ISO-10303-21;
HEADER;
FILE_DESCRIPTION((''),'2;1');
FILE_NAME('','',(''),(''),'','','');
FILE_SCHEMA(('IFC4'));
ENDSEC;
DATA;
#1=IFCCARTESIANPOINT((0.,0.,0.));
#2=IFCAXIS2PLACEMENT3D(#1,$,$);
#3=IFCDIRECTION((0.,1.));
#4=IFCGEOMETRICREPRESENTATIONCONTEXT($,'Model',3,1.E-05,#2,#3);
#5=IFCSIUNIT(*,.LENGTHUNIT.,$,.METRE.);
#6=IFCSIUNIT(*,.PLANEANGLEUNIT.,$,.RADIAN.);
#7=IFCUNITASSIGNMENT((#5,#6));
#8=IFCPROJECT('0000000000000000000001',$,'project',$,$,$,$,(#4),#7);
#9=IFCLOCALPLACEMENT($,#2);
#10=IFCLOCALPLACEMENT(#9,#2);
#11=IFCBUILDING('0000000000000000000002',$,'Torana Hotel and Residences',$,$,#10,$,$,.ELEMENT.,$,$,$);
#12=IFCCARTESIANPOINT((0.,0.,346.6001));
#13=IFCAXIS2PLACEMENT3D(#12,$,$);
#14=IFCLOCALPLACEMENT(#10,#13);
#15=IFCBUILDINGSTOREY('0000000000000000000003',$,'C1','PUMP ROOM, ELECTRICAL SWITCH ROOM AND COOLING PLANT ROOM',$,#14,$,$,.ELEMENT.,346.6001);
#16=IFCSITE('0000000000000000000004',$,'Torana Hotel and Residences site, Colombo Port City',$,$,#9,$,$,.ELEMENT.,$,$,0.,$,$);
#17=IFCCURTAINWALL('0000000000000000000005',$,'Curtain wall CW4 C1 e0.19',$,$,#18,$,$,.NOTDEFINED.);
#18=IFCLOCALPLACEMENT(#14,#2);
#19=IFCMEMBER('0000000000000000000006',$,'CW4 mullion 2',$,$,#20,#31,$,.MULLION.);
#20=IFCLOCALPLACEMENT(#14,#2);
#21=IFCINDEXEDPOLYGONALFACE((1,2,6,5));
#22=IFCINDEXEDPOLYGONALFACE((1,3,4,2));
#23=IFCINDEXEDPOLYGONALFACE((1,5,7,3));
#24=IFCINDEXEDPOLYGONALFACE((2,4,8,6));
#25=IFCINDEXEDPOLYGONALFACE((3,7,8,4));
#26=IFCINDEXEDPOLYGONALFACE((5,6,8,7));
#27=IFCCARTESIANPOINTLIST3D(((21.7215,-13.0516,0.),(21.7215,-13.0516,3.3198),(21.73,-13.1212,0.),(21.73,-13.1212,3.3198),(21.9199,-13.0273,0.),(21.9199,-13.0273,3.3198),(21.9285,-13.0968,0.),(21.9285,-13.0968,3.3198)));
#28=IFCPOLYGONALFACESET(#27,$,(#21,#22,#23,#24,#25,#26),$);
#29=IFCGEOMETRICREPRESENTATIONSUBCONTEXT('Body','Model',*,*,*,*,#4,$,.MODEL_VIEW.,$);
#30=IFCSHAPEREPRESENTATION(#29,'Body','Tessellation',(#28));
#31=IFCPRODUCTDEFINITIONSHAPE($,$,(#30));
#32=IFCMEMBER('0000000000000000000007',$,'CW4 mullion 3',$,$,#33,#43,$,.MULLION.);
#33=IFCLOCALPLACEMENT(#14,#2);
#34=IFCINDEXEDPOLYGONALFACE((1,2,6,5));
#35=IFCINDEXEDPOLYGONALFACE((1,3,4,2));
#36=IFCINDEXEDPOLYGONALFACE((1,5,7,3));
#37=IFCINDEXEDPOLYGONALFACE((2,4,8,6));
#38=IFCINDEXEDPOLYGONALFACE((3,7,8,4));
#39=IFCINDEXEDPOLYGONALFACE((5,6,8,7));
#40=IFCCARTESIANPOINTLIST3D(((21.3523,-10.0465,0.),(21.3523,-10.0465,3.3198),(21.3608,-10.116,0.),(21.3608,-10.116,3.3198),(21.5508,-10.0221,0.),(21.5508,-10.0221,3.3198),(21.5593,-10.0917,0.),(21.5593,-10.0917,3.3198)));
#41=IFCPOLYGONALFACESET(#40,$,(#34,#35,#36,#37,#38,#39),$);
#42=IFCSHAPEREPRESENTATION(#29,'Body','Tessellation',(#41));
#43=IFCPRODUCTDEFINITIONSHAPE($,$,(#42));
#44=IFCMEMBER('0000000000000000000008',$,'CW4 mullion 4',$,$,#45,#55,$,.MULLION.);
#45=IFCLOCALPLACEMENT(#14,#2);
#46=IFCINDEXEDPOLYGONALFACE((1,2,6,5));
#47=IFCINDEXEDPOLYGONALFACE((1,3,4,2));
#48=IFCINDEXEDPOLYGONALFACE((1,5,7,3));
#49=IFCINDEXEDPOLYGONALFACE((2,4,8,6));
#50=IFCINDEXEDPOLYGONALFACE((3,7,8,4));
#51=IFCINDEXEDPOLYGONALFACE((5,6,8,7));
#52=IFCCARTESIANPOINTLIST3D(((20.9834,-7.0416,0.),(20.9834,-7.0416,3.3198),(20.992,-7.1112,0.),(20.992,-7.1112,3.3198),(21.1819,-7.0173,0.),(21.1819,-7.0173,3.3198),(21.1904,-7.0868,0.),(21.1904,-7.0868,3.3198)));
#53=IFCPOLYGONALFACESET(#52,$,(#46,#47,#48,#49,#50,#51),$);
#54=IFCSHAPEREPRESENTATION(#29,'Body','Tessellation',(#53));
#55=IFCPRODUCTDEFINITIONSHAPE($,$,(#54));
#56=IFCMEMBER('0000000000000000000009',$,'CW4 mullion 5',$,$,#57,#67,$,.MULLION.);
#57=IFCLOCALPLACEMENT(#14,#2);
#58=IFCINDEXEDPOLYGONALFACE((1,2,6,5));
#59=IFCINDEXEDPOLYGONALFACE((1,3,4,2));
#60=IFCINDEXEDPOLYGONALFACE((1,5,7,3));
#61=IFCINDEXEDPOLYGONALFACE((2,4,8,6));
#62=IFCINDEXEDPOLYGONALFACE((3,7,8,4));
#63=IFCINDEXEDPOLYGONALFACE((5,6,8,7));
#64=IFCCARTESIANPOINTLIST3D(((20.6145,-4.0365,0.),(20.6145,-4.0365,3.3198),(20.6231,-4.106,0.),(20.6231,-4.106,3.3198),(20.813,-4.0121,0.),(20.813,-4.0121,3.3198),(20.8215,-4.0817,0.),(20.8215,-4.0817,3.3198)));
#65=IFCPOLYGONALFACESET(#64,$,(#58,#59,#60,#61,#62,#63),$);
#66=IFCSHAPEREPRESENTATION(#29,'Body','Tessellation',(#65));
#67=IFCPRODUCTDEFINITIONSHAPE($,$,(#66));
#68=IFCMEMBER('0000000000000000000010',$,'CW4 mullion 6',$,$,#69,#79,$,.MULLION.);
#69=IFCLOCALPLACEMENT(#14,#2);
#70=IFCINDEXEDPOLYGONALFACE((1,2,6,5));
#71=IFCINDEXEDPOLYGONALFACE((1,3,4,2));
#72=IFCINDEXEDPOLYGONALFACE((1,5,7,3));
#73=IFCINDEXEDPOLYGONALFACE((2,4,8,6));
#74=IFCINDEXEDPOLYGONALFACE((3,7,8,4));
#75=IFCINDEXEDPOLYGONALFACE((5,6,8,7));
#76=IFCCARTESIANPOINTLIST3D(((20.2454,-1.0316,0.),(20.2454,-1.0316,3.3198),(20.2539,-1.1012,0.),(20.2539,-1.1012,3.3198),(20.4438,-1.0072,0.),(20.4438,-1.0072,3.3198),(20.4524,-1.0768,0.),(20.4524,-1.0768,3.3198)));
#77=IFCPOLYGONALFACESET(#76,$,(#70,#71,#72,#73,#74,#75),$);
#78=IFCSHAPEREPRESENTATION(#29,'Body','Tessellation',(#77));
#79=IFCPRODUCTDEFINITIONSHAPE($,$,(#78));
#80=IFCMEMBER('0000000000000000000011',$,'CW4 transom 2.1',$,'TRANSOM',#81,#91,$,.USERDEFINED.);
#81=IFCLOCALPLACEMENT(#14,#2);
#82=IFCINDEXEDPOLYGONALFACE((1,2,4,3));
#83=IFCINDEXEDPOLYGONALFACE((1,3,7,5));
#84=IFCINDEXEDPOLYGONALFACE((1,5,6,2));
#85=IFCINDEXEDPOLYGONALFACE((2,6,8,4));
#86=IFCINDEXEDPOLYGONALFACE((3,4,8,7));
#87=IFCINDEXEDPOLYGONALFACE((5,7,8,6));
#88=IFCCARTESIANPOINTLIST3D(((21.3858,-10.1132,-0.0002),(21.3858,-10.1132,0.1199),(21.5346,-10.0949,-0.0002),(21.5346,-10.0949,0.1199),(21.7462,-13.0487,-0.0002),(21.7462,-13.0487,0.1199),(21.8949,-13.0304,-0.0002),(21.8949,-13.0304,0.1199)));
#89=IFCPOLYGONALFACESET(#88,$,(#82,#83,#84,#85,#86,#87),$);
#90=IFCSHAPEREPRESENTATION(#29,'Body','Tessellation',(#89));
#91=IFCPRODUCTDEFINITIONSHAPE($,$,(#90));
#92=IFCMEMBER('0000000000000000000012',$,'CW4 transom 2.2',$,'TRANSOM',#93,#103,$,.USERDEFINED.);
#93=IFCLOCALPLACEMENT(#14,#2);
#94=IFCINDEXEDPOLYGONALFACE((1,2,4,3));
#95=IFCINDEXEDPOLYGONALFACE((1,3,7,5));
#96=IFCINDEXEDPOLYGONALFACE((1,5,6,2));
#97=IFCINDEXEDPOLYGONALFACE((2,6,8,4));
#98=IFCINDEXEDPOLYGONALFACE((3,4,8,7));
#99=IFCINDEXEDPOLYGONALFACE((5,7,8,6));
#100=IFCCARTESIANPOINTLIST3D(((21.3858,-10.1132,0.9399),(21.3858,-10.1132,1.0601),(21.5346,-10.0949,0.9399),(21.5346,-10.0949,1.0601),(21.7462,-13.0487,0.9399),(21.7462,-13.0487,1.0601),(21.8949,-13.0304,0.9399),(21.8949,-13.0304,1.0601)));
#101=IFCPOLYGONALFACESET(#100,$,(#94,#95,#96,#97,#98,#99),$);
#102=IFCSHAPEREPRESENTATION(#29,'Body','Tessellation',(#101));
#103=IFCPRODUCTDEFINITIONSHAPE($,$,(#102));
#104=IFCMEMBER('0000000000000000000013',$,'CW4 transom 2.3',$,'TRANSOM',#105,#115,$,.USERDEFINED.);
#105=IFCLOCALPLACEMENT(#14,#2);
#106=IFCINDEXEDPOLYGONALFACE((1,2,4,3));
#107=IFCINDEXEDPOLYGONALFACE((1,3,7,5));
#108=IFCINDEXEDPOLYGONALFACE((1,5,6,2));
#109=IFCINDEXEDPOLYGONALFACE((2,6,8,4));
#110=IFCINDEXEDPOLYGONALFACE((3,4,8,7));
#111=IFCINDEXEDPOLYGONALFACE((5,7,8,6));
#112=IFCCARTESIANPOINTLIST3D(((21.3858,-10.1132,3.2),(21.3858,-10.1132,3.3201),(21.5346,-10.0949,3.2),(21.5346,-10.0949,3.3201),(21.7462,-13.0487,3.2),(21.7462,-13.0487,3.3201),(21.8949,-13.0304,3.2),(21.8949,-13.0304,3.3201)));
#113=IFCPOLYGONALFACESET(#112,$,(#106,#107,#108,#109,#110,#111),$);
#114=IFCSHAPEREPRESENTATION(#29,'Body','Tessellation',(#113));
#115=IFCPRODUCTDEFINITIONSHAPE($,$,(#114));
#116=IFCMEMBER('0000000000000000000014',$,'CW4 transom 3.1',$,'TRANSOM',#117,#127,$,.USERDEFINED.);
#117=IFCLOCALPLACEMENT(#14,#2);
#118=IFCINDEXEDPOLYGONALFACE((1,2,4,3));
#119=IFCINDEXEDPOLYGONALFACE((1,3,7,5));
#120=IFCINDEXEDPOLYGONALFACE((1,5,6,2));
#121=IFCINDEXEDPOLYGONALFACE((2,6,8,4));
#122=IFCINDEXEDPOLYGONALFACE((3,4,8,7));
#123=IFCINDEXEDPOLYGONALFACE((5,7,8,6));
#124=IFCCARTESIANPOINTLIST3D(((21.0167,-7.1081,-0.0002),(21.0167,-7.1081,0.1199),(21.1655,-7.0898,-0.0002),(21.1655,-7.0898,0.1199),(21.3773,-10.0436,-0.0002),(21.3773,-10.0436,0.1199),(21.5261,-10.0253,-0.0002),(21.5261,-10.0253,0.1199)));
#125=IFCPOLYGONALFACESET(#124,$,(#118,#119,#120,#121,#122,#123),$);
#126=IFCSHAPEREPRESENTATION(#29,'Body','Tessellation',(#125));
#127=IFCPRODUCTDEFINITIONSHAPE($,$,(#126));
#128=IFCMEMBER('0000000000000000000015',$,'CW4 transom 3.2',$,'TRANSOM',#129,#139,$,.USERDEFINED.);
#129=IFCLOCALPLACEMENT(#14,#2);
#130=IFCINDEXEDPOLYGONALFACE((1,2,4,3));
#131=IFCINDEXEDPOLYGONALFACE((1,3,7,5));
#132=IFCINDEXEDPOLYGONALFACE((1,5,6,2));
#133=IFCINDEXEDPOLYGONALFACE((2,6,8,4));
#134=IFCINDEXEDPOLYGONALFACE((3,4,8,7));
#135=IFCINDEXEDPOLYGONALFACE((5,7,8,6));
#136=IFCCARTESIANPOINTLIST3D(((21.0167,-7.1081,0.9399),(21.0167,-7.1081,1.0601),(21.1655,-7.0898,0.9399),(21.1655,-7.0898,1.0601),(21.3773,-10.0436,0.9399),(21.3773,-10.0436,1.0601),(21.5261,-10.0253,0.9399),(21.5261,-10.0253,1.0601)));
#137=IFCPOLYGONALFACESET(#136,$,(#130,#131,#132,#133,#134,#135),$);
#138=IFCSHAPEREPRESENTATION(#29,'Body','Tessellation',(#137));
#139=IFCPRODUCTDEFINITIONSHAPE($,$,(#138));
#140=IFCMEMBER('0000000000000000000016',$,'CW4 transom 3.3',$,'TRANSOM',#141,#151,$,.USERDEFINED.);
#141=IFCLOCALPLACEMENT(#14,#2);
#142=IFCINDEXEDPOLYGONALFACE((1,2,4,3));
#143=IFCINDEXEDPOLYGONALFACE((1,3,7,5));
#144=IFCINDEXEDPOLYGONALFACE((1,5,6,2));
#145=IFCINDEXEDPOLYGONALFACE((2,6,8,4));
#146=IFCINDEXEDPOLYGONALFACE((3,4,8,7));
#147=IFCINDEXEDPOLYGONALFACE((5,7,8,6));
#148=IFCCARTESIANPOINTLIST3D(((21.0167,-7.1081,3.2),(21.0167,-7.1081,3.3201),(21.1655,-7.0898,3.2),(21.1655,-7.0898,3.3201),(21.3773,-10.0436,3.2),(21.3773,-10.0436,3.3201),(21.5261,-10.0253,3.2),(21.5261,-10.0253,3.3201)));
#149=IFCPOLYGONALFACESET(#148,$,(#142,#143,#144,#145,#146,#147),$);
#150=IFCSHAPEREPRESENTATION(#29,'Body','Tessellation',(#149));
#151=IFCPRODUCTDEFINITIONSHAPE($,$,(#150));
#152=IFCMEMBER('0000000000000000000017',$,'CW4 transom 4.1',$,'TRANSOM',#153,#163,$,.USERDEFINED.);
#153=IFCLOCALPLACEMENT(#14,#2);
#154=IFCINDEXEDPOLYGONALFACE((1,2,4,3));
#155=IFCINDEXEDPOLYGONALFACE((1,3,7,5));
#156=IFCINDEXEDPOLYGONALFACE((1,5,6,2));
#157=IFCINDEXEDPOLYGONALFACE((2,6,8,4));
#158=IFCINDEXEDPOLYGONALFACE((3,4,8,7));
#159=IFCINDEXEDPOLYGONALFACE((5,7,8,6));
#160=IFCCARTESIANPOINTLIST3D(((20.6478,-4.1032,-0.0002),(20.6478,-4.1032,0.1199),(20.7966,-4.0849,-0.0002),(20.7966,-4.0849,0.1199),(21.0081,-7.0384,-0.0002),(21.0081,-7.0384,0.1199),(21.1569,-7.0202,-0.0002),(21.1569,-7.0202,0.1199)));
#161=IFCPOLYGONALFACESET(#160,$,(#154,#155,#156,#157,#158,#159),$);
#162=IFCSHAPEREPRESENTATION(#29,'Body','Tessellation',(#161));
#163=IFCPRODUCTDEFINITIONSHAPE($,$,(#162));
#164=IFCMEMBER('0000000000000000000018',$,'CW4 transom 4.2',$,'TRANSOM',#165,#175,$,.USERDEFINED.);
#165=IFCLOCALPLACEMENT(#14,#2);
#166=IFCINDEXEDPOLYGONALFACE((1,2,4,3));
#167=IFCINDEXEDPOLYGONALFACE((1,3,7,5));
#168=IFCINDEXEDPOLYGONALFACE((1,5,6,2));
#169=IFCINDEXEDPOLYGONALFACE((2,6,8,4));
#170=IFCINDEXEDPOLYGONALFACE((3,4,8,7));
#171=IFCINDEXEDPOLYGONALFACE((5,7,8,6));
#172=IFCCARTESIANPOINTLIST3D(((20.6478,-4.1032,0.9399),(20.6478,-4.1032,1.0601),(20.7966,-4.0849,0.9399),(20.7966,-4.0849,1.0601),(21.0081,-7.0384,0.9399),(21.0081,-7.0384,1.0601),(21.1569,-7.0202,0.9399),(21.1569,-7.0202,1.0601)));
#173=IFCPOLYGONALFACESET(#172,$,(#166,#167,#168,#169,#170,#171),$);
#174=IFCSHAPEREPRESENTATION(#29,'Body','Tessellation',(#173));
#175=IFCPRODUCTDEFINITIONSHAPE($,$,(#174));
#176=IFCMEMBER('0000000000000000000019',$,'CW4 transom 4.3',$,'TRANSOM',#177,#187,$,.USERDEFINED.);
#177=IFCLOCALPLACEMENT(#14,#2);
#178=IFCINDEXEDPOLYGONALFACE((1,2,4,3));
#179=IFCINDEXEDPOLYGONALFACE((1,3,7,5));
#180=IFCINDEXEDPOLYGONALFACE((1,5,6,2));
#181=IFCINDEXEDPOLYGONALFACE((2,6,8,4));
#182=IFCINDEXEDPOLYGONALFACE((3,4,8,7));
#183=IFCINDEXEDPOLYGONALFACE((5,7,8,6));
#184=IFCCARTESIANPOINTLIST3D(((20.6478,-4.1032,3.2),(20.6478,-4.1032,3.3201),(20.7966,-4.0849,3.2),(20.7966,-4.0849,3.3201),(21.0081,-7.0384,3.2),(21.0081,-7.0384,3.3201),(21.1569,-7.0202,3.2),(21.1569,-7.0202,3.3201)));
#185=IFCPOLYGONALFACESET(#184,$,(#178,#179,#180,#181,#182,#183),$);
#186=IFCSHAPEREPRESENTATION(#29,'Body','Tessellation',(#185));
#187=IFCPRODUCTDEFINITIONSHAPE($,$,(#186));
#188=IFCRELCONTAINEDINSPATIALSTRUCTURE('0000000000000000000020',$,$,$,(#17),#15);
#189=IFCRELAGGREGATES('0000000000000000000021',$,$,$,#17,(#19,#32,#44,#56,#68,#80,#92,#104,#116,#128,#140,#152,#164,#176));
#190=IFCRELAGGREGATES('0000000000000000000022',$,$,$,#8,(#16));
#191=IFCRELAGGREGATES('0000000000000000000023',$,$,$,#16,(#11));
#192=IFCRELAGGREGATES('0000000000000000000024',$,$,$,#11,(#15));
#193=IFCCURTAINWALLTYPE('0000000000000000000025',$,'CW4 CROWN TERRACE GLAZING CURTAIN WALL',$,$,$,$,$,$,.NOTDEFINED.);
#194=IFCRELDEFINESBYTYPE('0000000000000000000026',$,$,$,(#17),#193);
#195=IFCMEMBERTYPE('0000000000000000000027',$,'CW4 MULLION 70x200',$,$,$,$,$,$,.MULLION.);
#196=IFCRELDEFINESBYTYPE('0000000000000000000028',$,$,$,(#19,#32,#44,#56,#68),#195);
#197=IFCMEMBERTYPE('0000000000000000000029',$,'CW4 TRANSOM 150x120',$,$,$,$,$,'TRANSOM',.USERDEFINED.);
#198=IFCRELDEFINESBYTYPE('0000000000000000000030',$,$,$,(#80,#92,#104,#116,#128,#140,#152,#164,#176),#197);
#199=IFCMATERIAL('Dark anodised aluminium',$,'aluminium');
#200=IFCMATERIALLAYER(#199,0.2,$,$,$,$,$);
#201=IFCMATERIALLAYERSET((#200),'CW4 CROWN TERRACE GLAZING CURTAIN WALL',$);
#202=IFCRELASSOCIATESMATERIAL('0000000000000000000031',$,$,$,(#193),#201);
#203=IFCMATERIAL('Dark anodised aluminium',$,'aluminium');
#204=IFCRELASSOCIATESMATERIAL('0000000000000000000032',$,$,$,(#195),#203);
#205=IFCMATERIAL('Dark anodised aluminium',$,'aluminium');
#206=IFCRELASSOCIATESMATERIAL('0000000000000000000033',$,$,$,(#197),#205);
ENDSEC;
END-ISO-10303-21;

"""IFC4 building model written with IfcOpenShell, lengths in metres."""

from ifc_helpers import new_model, si_unit, direction, frame, origin, origin_2d, place, context, subcontext, project, spatial, rectangle, extrude, material, layer, layer_set, material_profile, profile_set, type_object, element, aggregate, save


model = new_model("IFC4")

# Units and contexts
model_context = context("Model", 3, precision=1e-05, world=origin(), true_north=direction((0.0, 1.0)))
body_context = subcontext(model_context, "Body", "Model", "MODEL_VIEW")
ifc_project = project(units=[si_unit("LENGTHUNIT", "METRE"), si_unit("PLANEANGLEUNIT", "RADIAN")], contexts=[model_context])

# Site, building, storey
site_placement = place(None, origin())
site = spatial("IfcSite", under=ifc_project, at=site_placement, Name="Torana Hotel and Residences site, Colombo Port City", CompositionType="ELEMENT", RefElevation=0.0)
building_placement = place(site_placement, origin())
building = spatial("IfcBuilding", under=site, at=building_placement, Name="Torana Hotel and Residences", CompositionType="ELEMENT")
storey_placement = place(building_placement, frame((0.0, 0.0, 346.6001)))
storey = spatial("IfcBuildingStorey", under=building, at=storey_placement, Name="C1", Description="PUMP ROOM, ELECTRICAL SWITCH ROOM AND COOLING PLANT ROOM", CompositionType="ELEMENT", Elevation=346.6001)

# Curtain wall, members
ifc_material_1 = material(Name="Dark anodised aluminium", Category="aluminium")
ifc_layer_1 = layer(ifc_material_1, 0.2)
ifc_layer_set_1 = layer_set([ifc_layer_1], Name="CW4 CROWN TERRACE GLAZING CURTAIN WALL")
curtain_wall_type = type_object("IfcCurtainWallType", Name="CW4 CROWN TERRACE GLAZING CURTAIN WALL", PredefinedType="NOTDEFINED", material=ifc_layer_set_1)
curtain_wall_placement = place(storey_placement, origin())
curtain_wall = element("IfcCurtainWall", 1, at=curtain_wall_placement, inside=storey, type_object=curtain_wall_type, Name="Curtain wall CW4 C1 e0.19", PredefinedType="NOTDEFINED")
ifc_material_2 = material(Name="Dark anodised aluminium", Category="aluminium")
ifc_material_profile_1 = material_profile(ifc_material_2, rectangle(XDim=0.2, YDim=0.0701, at=origin_2d()), Name="CW4 MULLION 70x200")
ifc_profile_set_1 = profile_set([ifc_material_profile_1], Name="Dark anodised aluminium")
member_type_1 = type_object("IfcMemberType", Name="CW4 MULLION 70x200", PredefinedType="MULLION", material=ifc_profile_set_1)
member_1_placement = place(storey_placement, frame((21.825, -13.0742, 0.0), z_axis=(0.0, 0.0, 1.0), x_axis=(-0.992546, -0.121868, 0.0)))
member_1 = element("IfcMember", 2, at=member_1_placement, type_object=member_type_1, Name="CW4 mullion 2", PredefinedType="MULLION", context=body_context, shape_type="SweptSolid", body=[
    extrude(rectangle(XDim=0.2, YDim=0.0701, at=origin_2d()), origin(), (0.0, 0.0, 1.0), 3.3198),
])
member_2_placement = place(storey_placement, frame((21.4558, -10.0691, 0.0), z_axis=(0.0, 0.0, 1.0), x_axis=(-0.992546, -0.121868, 0.0)))
member_2 = element("IfcMember", 3, at=member_2_placement, type_object=member_type_1, Name="CW4 mullion 3", PredefinedType="MULLION", context=body_context, shape_type="SweptSolid", body=[
    extrude(rectangle(XDim=0.2, YDim=0.0701, at=origin_2d()), origin(), (0.0, 0.0, 1.0), 3.3198),
])
member_3_placement = place(storey_placement, frame((21.0869, -7.0642, 0.0), z_axis=(0.0, 0.0, 1.0), x_axis=(-0.992546, -0.121868, 0.0)))
member_3 = element("IfcMember", 4, at=member_3_placement, type_object=member_type_1, Name="CW4 mullion 4", PredefinedType="MULLION", context=body_context, shape_type="SweptSolid", body=[
    extrude(rectangle(XDim=0.2, YDim=0.0701, at=origin_2d()), origin(), (0.0, 0.0, 1.0), 3.3198),
])
member_4_placement = place(storey_placement, frame((20.718, -4.0591, 0.0), z_axis=(0.0, 0.0, 1.0), x_axis=(-0.992546, -0.121868, 0.0)))
member_4 = element("IfcMember", 5, at=member_4_placement, type_object=member_type_1, Name="CW4 mullion 5", PredefinedType="MULLION", context=body_context, shape_type="SweptSolid", body=[
    extrude(rectangle(XDim=0.2, YDim=0.0701, at=origin_2d()), origin(), (0.0, 0.0, 1.0), 3.3198),
])
member_5_placement = place(storey_placement, frame((20.3489, -1.0542, 0.0), z_axis=(0.0, 0.0, 1.0), x_axis=(-0.992546, -0.121868, 0.0)))
member_5 = element("IfcMember", 6, at=member_5_placement, type_object=member_type_1, Name="CW4 mullion 6", PredefinedType="MULLION", context=body_context, shape_type="SweptSolid", body=[
    extrude(rectangle(XDim=0.2, YDim=0.0701, at=origin_2d()), origin(), (0.0, 0.0, 1.0), 3.3198),
])
ifc_material_3 = material(Name="Dark anodised aluminium", Category="aluminium")
ifc_material_profile_2 = material_profile(ifc_material_3, rectangle(XDim=0.1499, YDim=0.1201, at=origin_2d()), Name="CW4 TRANSOM 150x120")
ifc_profile_set_2 = profile_set([ifc_material_profile_2], Name="Dark anodised aluminium")
member_type_2 = type_object("IfcMemberType", Name="CW4 TRANSOM 150x120", ElementType="TRANSOM", PredefinedType="USERDEFINED", material=ifc_profile_set_2)
member_6_placement = place(storey_placement, frame((21.8206, -13.0396, 0.0598), z_axis=(-0.12184, 0.99255, 0.0), x_axis=(-0.99255, -0.12184, 0.0)))
member_6 = element("IfcMember", 7, at=member_6_placement, type_object=member_type_2, Name="CW4 transom 2.1", ObjectType="TRANSOM", PredefinedType="USERDEFINED", context=body_context, shape_type="SweptSolid", body=[
    extrude(rectangle(XDim=0.1499, YDim=0.1201, at=origin_2d()), origin(), (0.0, 0.0, 1.0), 2.9575),
])
member_7_placement = place(storey_placement, frame((21.8206, -13.0396, 1.0), z_axis=(-0.12184, 0.99255, 0.0), x_axis=(-0.99255, -0.12184, 0.0)))
member_7 = element("IfcMember", 8, at=member_7_placement, type_object=member_type_2, Name="CW4 transom 2.2", ObjectType="TRANSOM", PredefinedType="USERDEFINED", context=body_context, shape_type="SweptSolid", body=[
    extrude(rectangle(XDim=0.1499, YDim=0.1201, at=origin_2d()), origin(), (0.0, 0.0, 1.0), 2.9575),
])
member_8_placement = place(storey_placement, frame((21.8206, -13.0396, 3.26), z_axis=(-0.12184, 0.99255, 0.0), x_axis=(-0.99255, -0.12184, 0.0)))
member_8 = element("IfcMember", 9, at=member_8_placement, type_object=member_type_2, Name="CW4 transom 2.3", ObjectType="TRANSOM", PredefinedType="USERDEFINED", context=body_context, shape_type="SweptSolid", body=[
    extrude(rectangle(XDim=0.1499, YDim=0.1201, at=origin_2d()), origin(), (0.0, 0.0, 1.0), 2.9575),
])
member_9_placement = place(storey_placement, frame((21.4517, -10.0344, 0.0598), z_axis=(-0.121921, 0.99254, 0.0), x_axis=(-0.99254, -0.121921, 0.0)))
member_9 = element("IfcMember", 10, at=member_9_placement, type_object=member_type_2, Name="CW4 transom 3.1", ObjectType="TRANSOM", PredefinedType="USERDEFINED", context=body_context, shape_type="SweptSolid", body=[
    extrude(rectangle(XDim=0.1499, YDim=0.1201, at=origin_2d()), origin(), (0.0, 0.0, 1.0), 2.9575),
])
member_10_placement = place(storey_placement, frame((21.4517, -10.0344, 1.0), z_axis=(-0.121921, 0.99254, 0.0), x_axis=(-0.99254, -0.121921, 0.0)))
member_10 = element("IfcMember", 11, at=member_10_placement, type_object=member_type_2, Name="CW4 transom 3.2", ObjectType="TRANSOM", PredefinedType="USERDEFINED", context=body_context, shape_type="SweptSolid", body=[
    extrude(rectangle(XDim=0.1499, YDim=0.1201, at=origin_2d()), origin(), (0.0, 0.0, 1.0), 2.9575),
])
member_11_placement = place(storey_placement, frame((21.4517, -10.0344, 3.26), z_axis=(-0.121921, 0.99254, 0.0), x_axis=(-0.99254, -0.121921, 0.0)))
member_11 = element("IfcMember", 12, at=member_11_placement, type_object=member_type_2, Name="CW4 transom 3.3", ObjectType="TRANSOM", PredefinedType="USERDEFINED", context=body_context, shape_type="SweptSolid", body=[
    extrude(rectangle(XDim=0.1499, YDim=0.1201, at=origin_2d()), origin(), (0.0, 0.0, 1.0), 2.9575),
])
member_12_placement = place(storey_placement, frame((21.0825, -7.0293, 0.0598), z_axis=(-0.12185, 0.992549, 0.0), x_axis=(-0.992549, -0.12185, 0.0)))
member_12 = element("IfcMember", 13, at=member_12_placement, type_object=member_type_2, Name="CW4 transom 4.1", ObjectType="TRANSOM", PredefinedType="USERDEFINED", context=body_context, shape_type="SweptSolid", body=[
    extrude(rectangle(XDim=0.1499, YDim=0.1201, at=origin_2d()), origin(), (0.0, 0.0, 1.0), 2.9573),
])
member_13_placement = place(storey_placement, frame((21.0825, -7.0293, 1.0), z_axis=(-0.12185, 0.992549, 0.0), x_axis=(-0.992549, -0.12185, 0.0)))
member_13 = element("IfcMember", 14, at=member_13_placement, type_object=member_type_2, Name="CW4 transom 4.2", ObjectType="TRANSOM", PredefinedType="USERDEFINED", context=body_context, shape_type="SweptSolid", body=[
    extrude(rectangle(XDim=0.1499, YDim=0.1201, at=origin_2d()), origin(), (0.0, 0.0, 1.0), 2.9573),
])
member_14_placement = place(storey_placement, frame((21.0825, -7.0293, 3.26), z_axis=(-0.12185, 0.992549, 0.0), x_axis=(-0.992549, -0.12185, 0.0)))
member_14 = element("IfcMember", 15, at=member_14_placement, type_object=member_type_2, Name="CW4 transom 4.3", ObjectType="TRANSOM", PredefinedType="USERDEFINED", context=body_context, shape_type="SweptSolid", body=[
    extrude(rectangle(XDim=0.1499, YDim=0.1201, at=origin_2d()), origin(), (0.0, 0.0, 1.0), 2.9573),
])
aggregate(curtain_wall, [member_1, member_2, member_3, member_4, member_5, member_6, member_7, member_8, member_9, member_10, member_11, member_12, member_13, member_14])

save(model, "model.ifc")
